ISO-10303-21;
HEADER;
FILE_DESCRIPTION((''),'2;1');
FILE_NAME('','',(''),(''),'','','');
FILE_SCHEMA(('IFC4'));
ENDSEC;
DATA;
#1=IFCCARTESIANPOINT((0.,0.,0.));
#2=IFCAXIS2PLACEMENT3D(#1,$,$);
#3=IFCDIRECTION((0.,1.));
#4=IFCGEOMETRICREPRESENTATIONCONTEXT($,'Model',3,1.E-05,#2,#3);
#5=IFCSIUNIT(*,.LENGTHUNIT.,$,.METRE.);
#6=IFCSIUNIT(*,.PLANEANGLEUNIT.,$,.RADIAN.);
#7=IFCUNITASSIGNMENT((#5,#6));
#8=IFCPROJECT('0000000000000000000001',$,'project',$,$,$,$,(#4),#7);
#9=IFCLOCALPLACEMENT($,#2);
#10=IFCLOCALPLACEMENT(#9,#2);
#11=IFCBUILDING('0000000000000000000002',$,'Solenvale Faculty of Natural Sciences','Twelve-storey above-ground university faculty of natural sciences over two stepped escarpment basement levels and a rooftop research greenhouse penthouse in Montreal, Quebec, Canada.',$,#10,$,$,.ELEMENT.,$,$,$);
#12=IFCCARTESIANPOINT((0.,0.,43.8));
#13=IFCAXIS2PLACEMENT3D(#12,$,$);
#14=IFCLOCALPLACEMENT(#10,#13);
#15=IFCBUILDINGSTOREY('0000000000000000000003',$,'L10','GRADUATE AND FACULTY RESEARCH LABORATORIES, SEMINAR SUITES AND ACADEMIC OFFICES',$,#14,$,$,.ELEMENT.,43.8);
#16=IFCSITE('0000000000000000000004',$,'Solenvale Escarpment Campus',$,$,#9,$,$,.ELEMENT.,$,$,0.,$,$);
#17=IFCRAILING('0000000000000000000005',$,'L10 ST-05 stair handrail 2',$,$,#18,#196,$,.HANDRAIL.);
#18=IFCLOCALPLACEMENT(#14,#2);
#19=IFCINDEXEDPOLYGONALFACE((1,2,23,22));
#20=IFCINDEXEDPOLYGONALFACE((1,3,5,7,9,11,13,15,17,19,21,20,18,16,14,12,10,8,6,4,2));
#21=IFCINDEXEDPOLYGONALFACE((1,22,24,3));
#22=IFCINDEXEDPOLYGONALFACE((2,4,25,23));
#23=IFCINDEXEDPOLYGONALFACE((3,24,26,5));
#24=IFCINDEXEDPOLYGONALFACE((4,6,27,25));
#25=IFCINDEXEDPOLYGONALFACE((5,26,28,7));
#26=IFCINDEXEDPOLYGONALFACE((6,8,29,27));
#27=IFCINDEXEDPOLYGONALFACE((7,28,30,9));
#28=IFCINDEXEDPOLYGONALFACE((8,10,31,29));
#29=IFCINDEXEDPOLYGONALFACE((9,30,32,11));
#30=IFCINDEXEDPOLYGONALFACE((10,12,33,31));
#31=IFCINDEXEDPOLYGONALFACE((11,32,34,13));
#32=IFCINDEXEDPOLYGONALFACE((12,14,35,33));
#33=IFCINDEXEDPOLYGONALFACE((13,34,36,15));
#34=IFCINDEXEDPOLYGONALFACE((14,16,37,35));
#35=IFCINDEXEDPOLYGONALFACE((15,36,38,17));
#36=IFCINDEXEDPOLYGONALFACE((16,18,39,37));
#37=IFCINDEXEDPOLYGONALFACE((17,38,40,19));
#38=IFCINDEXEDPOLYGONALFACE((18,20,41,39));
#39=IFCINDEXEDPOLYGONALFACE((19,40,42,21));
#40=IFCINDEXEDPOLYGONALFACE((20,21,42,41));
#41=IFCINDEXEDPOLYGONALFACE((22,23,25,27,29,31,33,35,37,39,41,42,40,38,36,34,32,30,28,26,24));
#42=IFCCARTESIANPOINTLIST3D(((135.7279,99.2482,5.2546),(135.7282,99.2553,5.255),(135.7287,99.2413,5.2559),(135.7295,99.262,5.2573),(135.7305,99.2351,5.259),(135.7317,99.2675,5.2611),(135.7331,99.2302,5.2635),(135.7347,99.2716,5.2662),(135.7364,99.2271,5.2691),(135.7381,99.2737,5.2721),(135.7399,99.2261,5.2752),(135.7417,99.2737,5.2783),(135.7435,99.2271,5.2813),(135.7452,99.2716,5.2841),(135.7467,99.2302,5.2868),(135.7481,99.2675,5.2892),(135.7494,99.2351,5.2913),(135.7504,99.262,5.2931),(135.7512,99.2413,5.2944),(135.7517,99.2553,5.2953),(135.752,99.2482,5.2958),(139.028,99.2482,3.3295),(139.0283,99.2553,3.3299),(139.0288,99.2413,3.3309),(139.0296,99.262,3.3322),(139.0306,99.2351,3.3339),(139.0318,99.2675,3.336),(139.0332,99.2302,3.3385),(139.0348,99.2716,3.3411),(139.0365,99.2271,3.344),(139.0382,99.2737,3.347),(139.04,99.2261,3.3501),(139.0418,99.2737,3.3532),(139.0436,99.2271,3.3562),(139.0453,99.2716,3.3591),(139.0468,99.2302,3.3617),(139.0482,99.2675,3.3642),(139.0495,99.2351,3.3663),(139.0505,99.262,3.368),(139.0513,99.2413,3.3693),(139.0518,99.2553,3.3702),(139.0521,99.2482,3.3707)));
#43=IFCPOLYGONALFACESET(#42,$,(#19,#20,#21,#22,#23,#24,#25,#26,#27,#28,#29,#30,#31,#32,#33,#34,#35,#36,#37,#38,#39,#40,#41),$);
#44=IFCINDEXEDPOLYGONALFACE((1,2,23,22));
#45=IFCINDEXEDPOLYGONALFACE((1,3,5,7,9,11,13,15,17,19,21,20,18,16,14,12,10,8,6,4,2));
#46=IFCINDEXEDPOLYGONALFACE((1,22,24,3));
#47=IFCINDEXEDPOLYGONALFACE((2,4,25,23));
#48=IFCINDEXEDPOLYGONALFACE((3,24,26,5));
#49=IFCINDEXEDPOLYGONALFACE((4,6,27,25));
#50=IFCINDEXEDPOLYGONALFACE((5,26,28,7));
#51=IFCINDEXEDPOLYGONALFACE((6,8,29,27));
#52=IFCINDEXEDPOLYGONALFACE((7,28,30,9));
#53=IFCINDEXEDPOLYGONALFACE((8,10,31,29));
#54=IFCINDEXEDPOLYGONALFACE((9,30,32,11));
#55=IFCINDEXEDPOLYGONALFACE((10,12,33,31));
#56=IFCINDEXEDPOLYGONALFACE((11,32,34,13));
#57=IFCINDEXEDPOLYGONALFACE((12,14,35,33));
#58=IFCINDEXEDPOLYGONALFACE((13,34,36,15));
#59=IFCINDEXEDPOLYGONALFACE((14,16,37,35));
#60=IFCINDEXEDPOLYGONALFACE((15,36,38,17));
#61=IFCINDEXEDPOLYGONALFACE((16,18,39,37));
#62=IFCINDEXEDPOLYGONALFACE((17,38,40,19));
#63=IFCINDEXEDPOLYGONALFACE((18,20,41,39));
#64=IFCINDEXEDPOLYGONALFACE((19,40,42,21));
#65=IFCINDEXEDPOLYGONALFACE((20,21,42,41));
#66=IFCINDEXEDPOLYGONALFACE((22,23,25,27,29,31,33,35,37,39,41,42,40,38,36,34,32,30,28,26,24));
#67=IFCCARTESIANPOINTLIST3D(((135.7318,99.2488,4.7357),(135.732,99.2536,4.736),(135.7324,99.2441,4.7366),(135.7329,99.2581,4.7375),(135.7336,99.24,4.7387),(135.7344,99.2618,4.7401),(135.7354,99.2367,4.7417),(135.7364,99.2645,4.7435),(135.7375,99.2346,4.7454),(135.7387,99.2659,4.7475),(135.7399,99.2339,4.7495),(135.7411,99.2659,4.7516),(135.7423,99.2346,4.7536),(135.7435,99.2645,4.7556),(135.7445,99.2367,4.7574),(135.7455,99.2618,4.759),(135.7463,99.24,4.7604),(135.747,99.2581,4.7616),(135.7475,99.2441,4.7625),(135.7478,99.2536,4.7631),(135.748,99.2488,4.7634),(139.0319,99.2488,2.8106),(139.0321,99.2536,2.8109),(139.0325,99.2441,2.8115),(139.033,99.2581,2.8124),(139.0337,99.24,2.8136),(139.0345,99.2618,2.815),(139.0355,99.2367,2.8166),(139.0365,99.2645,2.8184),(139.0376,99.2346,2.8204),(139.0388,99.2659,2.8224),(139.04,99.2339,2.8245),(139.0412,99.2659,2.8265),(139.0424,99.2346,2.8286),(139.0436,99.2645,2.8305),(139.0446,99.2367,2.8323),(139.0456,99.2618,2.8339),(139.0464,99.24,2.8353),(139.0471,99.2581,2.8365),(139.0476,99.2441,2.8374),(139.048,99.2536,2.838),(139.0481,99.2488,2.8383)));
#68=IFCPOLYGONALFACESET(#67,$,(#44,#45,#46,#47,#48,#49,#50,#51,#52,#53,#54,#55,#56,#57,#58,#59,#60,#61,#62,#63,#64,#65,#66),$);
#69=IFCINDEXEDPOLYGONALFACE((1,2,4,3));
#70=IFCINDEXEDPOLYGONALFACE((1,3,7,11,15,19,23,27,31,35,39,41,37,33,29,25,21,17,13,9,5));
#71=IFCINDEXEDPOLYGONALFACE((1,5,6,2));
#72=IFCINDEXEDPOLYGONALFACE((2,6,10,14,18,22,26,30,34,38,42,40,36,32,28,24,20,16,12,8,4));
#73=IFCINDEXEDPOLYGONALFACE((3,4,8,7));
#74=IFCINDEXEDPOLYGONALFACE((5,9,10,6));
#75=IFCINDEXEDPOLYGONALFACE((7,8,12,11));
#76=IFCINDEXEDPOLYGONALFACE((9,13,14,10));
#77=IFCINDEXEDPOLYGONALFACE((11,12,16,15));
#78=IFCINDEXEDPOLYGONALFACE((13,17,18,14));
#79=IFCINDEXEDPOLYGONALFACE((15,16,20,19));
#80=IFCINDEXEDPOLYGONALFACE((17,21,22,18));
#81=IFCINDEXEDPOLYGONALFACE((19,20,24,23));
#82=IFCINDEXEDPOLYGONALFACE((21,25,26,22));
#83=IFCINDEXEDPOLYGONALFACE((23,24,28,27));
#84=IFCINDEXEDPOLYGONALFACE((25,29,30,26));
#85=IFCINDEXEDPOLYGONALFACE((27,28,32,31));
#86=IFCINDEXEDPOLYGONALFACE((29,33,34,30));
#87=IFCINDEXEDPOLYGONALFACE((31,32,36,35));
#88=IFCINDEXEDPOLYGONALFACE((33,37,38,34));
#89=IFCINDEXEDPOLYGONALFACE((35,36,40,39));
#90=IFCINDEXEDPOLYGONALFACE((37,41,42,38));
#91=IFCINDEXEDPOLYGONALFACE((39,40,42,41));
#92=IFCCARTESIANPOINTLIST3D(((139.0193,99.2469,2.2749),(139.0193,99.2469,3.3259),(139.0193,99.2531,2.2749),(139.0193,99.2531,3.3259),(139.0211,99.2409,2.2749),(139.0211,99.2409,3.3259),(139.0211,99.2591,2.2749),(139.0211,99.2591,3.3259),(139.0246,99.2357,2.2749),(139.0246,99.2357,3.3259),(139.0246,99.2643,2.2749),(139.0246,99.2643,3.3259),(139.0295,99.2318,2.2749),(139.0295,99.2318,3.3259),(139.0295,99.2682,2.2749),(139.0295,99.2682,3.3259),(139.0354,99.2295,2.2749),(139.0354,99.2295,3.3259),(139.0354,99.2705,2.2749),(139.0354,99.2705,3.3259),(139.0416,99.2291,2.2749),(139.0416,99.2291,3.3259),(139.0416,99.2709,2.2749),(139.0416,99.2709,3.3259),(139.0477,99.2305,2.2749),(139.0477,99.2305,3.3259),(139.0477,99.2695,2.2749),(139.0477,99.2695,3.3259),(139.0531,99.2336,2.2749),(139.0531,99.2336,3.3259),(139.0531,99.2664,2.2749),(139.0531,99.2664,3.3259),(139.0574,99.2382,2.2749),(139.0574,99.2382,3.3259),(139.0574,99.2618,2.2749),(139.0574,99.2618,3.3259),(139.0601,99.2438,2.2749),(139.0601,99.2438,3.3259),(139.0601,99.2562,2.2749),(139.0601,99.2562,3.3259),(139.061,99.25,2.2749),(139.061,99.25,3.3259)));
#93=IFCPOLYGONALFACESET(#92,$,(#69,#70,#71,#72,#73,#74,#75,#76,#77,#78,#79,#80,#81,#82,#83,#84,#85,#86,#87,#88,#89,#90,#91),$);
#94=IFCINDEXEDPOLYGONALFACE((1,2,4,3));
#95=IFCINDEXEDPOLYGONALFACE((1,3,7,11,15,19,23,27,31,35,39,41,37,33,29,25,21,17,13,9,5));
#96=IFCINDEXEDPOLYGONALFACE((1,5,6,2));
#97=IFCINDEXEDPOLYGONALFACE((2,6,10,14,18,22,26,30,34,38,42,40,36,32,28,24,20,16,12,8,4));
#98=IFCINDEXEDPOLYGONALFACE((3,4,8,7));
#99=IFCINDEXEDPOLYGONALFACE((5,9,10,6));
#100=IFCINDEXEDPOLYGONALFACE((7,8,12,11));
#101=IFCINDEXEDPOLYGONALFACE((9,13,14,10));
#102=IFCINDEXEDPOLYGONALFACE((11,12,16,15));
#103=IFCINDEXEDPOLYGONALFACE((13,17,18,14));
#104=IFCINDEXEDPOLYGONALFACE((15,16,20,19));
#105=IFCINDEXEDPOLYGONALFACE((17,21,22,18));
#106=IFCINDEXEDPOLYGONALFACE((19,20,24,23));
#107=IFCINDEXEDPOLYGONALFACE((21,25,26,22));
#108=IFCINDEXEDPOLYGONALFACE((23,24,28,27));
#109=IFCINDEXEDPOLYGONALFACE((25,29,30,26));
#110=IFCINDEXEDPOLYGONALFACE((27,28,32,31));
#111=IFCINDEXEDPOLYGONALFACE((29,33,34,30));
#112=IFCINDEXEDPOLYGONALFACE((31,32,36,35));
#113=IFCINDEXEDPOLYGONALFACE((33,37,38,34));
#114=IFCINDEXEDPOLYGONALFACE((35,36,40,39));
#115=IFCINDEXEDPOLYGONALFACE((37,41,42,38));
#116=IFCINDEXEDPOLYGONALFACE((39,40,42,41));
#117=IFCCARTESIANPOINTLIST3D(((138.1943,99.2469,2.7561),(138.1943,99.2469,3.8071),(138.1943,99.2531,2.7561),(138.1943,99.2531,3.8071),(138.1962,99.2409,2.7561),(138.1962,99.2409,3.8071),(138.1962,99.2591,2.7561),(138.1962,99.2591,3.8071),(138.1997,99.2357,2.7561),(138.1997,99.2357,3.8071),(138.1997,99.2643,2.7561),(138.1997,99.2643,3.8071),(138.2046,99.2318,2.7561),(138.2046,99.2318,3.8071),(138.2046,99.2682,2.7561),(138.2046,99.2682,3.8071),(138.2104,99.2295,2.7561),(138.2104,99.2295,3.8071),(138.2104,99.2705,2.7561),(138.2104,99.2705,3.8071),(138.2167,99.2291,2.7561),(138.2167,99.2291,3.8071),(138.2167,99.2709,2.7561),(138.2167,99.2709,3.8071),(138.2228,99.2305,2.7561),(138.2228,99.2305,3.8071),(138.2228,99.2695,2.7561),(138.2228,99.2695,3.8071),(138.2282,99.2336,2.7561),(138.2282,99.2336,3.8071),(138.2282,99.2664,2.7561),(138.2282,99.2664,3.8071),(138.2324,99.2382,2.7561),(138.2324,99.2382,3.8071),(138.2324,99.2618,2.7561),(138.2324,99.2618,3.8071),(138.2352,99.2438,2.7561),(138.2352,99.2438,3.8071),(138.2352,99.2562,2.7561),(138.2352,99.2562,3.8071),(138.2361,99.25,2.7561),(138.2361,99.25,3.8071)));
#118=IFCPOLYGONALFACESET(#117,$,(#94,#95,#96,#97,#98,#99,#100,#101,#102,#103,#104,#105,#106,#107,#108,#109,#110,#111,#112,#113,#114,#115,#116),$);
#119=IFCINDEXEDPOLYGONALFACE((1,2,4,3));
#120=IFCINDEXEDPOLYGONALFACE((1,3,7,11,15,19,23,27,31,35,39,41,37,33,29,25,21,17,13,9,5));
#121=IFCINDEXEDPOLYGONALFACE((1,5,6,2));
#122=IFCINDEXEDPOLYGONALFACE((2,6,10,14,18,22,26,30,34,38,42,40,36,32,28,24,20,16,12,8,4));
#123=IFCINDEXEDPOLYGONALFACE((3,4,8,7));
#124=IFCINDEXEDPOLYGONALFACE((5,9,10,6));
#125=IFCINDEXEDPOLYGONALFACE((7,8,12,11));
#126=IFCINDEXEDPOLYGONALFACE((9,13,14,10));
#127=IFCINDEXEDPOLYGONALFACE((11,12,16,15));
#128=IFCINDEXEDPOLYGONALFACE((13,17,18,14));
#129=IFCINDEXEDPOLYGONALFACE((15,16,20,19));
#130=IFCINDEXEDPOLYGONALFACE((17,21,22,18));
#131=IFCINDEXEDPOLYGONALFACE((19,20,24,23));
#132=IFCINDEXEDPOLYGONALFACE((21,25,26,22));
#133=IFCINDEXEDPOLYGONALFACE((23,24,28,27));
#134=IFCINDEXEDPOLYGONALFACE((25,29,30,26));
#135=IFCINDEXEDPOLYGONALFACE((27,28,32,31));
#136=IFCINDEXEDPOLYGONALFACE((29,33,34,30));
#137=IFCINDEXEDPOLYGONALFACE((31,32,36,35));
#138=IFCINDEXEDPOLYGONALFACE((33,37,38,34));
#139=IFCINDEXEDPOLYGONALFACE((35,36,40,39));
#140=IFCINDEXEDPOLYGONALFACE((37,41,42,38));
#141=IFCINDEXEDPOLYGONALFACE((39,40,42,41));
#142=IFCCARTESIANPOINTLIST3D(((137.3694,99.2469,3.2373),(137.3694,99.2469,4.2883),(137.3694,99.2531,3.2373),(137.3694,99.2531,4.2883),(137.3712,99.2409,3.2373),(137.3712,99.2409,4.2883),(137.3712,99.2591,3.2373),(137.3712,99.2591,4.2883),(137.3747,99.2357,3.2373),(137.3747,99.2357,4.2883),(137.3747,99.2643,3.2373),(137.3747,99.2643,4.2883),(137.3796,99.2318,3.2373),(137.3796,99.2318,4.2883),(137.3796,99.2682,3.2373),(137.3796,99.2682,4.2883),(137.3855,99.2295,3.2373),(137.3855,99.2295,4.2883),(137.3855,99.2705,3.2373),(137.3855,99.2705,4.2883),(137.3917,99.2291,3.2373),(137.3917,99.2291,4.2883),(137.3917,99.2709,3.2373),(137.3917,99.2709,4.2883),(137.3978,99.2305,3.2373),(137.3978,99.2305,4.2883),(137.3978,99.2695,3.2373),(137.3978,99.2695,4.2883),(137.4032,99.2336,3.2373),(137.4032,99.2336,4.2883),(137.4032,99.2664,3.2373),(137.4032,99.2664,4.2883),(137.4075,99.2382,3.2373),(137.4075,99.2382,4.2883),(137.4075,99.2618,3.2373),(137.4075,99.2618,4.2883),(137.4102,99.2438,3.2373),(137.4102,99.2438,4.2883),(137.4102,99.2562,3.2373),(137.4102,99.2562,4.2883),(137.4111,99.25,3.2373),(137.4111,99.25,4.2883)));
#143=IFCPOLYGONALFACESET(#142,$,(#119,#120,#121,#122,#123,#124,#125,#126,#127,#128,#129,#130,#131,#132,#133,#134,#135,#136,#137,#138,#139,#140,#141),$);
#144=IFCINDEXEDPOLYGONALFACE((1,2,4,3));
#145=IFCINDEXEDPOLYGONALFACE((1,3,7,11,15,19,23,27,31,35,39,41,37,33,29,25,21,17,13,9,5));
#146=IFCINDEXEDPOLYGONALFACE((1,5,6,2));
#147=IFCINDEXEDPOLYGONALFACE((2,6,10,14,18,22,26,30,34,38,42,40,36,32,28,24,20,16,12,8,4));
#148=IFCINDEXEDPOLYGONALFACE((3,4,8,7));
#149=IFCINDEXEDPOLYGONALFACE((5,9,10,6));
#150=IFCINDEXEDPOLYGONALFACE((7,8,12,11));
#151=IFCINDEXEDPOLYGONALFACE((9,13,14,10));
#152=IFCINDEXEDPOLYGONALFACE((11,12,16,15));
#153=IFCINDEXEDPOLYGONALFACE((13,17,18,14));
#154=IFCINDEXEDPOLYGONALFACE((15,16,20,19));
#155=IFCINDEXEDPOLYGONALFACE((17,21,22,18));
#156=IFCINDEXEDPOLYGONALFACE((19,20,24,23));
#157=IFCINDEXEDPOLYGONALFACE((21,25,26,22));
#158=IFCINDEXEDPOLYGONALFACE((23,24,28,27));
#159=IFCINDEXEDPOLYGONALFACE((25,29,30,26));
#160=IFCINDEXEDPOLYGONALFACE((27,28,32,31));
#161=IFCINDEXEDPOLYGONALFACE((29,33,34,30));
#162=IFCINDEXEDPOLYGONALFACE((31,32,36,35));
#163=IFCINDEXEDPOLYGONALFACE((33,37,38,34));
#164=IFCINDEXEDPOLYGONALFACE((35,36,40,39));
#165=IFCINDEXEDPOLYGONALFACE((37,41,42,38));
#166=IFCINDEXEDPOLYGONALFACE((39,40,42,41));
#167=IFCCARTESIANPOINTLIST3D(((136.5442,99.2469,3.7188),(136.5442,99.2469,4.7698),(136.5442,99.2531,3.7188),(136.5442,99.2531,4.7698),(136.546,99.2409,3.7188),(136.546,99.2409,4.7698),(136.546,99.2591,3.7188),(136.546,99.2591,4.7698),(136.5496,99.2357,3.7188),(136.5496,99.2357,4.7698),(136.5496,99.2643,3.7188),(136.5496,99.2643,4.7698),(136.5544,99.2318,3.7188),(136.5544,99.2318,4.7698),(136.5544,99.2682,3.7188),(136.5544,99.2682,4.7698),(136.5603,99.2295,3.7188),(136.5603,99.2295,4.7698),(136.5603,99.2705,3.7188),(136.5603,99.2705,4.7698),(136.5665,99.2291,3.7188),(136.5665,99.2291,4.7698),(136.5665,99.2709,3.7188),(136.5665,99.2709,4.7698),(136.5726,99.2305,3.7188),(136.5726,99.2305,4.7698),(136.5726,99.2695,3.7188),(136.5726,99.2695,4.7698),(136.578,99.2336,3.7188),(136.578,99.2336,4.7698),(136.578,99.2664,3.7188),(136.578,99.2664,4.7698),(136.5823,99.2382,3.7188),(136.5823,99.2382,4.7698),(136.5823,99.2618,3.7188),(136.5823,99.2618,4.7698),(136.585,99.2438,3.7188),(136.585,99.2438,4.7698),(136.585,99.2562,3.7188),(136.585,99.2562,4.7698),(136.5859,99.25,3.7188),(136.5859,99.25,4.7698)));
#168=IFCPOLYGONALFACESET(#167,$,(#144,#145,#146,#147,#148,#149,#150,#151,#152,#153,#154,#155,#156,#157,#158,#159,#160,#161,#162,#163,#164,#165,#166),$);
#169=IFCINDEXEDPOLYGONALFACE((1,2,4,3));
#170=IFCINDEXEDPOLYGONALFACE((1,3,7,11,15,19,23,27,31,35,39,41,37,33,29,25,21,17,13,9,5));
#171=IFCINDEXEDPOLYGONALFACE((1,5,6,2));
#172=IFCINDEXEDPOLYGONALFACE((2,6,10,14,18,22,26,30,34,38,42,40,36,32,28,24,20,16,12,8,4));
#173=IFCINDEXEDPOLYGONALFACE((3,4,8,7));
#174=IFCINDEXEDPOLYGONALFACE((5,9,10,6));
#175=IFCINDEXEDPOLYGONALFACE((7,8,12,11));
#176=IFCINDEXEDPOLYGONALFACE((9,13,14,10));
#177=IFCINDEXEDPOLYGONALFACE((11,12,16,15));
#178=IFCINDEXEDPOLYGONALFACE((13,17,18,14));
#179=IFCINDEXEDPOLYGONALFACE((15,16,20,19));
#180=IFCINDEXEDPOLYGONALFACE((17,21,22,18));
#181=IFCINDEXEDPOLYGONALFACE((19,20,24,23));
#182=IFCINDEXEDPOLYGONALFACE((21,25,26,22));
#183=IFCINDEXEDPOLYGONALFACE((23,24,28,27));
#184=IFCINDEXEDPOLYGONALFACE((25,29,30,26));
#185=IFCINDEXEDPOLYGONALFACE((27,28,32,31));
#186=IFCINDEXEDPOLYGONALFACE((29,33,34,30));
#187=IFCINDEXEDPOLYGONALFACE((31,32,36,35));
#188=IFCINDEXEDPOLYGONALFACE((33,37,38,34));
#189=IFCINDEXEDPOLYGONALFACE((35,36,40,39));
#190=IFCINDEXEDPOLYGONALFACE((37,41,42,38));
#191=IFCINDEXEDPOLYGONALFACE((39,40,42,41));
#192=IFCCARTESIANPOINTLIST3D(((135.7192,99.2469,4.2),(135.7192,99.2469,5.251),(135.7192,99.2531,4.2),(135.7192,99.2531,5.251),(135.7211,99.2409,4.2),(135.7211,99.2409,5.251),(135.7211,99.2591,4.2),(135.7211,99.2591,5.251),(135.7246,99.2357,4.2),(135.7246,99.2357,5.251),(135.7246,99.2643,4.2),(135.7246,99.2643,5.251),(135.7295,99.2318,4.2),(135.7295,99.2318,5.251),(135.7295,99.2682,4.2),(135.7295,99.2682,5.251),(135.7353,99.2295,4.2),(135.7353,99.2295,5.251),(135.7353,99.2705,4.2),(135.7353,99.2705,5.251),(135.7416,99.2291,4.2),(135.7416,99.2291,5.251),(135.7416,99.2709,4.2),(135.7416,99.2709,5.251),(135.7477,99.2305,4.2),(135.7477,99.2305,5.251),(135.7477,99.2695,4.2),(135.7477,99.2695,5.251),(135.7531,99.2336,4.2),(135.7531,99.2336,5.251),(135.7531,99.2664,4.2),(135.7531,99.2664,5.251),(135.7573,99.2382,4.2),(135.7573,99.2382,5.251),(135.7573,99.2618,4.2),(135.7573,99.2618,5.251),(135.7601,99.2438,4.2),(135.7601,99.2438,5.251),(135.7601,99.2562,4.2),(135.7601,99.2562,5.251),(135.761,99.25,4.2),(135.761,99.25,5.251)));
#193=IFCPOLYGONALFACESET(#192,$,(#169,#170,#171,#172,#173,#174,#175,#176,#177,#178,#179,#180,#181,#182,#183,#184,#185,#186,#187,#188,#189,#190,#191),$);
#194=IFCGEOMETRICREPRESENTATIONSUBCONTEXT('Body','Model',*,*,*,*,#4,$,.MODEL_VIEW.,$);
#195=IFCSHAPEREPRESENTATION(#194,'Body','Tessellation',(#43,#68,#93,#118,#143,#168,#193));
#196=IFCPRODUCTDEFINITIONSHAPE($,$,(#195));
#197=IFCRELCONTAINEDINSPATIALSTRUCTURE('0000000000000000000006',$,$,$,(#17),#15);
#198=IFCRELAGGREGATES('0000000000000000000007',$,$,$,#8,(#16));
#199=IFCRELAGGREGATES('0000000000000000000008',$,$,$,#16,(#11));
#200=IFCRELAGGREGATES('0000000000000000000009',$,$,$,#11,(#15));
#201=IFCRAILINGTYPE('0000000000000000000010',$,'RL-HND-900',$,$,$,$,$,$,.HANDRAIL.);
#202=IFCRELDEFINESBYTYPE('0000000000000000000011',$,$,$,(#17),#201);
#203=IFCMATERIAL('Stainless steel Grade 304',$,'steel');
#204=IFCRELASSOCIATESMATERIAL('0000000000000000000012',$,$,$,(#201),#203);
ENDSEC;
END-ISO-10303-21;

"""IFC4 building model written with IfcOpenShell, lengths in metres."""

from ifc_helpers import new_model, si_unit, direction, frame, origin, origin_2d, place, context, subcontext, project, spatial, circle, extrude, material, type_object, element, save


model = new_model("IFC4")

# Units and contexts
model_context = context("Model", 3, precision=1e-05, world=origin(), true_north=direction((0.0, 1.0)))
body_context = subcontext(model_context, "Body", "Model", "MODEL_VIEW")
ifc_project = project(units=[si_unit("LENGTHUNIT", "METRE"), si_unit("PLANEANGLEUNIT", "RADIAN")], contexts=[model_context])

# Site, building, storey
site_placement = place(None, origin())
site = spatial("IfcSite", under=ifc_project, at=site_placement, Name="Solenvale Escarpment Campus", CompositionType="ELEMENT", RefElevation=0.0)
building_placement = place(site_placement, origin())
building = spatial("IfcBuilding", under=site, at=building_placement, Name="Solenvale Faculty of Natural Sciences", Description="Twelve-storey above-ground university faculty of natural sciences over two stepped escarpment basement levels and a rooftop research greenhouse penthouse in Montreal, Quebec, Canada.", CompositionType="ELEMENT")
storey_placement = place(building_placement, frame((0.0, 0.0, 43.8)))
storey = spatial("IfcBuildingStorey", under=building, at=storey_placement, Name="L10", Description="GRADUATE AND FACULTY RESEARCH LABORATORIES, SEMINAR SUITES AND ACADEMIC OFFICES", CompositionType="ELEMENT", Elevation=43.8)

# Railing
ifc_material_1 = material(Name="Stainless steel Grade 304", Category="steel")
railing_type = type_object("IfcRailingType", Name="RL-HND-900", PredefinedType="HANDRAIL", material=ifc_material_1)
railing_placement = place(storey_placement, frame((139.04, 99.25, 2.2749)))
element("IfcRailing", 1, at=railing_placement, inside=storey, type_object=railing_type, Name="L10 ST-05 stair handrail 2", PredefinedType="HANDRAIL", context=body_context, shape_type="SweptSolid", body=[
    extrude(circle(Radius=0.0239, at=origin_2d()), frame((0.0, 0.0, 1.0752), z_axis=(-0.863777, 0.0, 0.503875), x_axis=(0.0, -1.0, 0.0)), (0.0, 0.0, 1.0), 3.8206),
    extrude(circle(Radius=0.0161, at=origin_2d()), frame((0.0, 0.0, 0.5496), z_axis=(-0.863777, 0.0, 0.503875), x_axis=(0.0, -1.0, 0.0)), (0.0, 0.0, 1.0), 3.8206),
    extrude(circle(Radius=0.021, at=origin_2d()), origin(), (0.0, 0.0, 1.0), 1.051),
    extrude(circle(Radius=0.021, at=origin_2d()), frame((-0.825, 0.0, 0.4812)), (0.0, 0.0, 1.0), 1.051),
    extrude(circle(Radius=0.021, at=origin_2d()), frame((-1.6499, 0.0, 0.9624)), (0.0, 0.0, 1.0), 1.051),
    extrude(circle(Radius=0.021, at=origin_2d()), frame((-2.4751, 0.0, 1.4438)), (0.0, 0.0, 1.0), 1.051),
    extrude(circle(Radius=0.021, at=origin_2d()), frame((-3.3, 0.0, 1.925)), (0.0, 0.0, 1.0), 1.051),
])

save(model, "model.ifc")
